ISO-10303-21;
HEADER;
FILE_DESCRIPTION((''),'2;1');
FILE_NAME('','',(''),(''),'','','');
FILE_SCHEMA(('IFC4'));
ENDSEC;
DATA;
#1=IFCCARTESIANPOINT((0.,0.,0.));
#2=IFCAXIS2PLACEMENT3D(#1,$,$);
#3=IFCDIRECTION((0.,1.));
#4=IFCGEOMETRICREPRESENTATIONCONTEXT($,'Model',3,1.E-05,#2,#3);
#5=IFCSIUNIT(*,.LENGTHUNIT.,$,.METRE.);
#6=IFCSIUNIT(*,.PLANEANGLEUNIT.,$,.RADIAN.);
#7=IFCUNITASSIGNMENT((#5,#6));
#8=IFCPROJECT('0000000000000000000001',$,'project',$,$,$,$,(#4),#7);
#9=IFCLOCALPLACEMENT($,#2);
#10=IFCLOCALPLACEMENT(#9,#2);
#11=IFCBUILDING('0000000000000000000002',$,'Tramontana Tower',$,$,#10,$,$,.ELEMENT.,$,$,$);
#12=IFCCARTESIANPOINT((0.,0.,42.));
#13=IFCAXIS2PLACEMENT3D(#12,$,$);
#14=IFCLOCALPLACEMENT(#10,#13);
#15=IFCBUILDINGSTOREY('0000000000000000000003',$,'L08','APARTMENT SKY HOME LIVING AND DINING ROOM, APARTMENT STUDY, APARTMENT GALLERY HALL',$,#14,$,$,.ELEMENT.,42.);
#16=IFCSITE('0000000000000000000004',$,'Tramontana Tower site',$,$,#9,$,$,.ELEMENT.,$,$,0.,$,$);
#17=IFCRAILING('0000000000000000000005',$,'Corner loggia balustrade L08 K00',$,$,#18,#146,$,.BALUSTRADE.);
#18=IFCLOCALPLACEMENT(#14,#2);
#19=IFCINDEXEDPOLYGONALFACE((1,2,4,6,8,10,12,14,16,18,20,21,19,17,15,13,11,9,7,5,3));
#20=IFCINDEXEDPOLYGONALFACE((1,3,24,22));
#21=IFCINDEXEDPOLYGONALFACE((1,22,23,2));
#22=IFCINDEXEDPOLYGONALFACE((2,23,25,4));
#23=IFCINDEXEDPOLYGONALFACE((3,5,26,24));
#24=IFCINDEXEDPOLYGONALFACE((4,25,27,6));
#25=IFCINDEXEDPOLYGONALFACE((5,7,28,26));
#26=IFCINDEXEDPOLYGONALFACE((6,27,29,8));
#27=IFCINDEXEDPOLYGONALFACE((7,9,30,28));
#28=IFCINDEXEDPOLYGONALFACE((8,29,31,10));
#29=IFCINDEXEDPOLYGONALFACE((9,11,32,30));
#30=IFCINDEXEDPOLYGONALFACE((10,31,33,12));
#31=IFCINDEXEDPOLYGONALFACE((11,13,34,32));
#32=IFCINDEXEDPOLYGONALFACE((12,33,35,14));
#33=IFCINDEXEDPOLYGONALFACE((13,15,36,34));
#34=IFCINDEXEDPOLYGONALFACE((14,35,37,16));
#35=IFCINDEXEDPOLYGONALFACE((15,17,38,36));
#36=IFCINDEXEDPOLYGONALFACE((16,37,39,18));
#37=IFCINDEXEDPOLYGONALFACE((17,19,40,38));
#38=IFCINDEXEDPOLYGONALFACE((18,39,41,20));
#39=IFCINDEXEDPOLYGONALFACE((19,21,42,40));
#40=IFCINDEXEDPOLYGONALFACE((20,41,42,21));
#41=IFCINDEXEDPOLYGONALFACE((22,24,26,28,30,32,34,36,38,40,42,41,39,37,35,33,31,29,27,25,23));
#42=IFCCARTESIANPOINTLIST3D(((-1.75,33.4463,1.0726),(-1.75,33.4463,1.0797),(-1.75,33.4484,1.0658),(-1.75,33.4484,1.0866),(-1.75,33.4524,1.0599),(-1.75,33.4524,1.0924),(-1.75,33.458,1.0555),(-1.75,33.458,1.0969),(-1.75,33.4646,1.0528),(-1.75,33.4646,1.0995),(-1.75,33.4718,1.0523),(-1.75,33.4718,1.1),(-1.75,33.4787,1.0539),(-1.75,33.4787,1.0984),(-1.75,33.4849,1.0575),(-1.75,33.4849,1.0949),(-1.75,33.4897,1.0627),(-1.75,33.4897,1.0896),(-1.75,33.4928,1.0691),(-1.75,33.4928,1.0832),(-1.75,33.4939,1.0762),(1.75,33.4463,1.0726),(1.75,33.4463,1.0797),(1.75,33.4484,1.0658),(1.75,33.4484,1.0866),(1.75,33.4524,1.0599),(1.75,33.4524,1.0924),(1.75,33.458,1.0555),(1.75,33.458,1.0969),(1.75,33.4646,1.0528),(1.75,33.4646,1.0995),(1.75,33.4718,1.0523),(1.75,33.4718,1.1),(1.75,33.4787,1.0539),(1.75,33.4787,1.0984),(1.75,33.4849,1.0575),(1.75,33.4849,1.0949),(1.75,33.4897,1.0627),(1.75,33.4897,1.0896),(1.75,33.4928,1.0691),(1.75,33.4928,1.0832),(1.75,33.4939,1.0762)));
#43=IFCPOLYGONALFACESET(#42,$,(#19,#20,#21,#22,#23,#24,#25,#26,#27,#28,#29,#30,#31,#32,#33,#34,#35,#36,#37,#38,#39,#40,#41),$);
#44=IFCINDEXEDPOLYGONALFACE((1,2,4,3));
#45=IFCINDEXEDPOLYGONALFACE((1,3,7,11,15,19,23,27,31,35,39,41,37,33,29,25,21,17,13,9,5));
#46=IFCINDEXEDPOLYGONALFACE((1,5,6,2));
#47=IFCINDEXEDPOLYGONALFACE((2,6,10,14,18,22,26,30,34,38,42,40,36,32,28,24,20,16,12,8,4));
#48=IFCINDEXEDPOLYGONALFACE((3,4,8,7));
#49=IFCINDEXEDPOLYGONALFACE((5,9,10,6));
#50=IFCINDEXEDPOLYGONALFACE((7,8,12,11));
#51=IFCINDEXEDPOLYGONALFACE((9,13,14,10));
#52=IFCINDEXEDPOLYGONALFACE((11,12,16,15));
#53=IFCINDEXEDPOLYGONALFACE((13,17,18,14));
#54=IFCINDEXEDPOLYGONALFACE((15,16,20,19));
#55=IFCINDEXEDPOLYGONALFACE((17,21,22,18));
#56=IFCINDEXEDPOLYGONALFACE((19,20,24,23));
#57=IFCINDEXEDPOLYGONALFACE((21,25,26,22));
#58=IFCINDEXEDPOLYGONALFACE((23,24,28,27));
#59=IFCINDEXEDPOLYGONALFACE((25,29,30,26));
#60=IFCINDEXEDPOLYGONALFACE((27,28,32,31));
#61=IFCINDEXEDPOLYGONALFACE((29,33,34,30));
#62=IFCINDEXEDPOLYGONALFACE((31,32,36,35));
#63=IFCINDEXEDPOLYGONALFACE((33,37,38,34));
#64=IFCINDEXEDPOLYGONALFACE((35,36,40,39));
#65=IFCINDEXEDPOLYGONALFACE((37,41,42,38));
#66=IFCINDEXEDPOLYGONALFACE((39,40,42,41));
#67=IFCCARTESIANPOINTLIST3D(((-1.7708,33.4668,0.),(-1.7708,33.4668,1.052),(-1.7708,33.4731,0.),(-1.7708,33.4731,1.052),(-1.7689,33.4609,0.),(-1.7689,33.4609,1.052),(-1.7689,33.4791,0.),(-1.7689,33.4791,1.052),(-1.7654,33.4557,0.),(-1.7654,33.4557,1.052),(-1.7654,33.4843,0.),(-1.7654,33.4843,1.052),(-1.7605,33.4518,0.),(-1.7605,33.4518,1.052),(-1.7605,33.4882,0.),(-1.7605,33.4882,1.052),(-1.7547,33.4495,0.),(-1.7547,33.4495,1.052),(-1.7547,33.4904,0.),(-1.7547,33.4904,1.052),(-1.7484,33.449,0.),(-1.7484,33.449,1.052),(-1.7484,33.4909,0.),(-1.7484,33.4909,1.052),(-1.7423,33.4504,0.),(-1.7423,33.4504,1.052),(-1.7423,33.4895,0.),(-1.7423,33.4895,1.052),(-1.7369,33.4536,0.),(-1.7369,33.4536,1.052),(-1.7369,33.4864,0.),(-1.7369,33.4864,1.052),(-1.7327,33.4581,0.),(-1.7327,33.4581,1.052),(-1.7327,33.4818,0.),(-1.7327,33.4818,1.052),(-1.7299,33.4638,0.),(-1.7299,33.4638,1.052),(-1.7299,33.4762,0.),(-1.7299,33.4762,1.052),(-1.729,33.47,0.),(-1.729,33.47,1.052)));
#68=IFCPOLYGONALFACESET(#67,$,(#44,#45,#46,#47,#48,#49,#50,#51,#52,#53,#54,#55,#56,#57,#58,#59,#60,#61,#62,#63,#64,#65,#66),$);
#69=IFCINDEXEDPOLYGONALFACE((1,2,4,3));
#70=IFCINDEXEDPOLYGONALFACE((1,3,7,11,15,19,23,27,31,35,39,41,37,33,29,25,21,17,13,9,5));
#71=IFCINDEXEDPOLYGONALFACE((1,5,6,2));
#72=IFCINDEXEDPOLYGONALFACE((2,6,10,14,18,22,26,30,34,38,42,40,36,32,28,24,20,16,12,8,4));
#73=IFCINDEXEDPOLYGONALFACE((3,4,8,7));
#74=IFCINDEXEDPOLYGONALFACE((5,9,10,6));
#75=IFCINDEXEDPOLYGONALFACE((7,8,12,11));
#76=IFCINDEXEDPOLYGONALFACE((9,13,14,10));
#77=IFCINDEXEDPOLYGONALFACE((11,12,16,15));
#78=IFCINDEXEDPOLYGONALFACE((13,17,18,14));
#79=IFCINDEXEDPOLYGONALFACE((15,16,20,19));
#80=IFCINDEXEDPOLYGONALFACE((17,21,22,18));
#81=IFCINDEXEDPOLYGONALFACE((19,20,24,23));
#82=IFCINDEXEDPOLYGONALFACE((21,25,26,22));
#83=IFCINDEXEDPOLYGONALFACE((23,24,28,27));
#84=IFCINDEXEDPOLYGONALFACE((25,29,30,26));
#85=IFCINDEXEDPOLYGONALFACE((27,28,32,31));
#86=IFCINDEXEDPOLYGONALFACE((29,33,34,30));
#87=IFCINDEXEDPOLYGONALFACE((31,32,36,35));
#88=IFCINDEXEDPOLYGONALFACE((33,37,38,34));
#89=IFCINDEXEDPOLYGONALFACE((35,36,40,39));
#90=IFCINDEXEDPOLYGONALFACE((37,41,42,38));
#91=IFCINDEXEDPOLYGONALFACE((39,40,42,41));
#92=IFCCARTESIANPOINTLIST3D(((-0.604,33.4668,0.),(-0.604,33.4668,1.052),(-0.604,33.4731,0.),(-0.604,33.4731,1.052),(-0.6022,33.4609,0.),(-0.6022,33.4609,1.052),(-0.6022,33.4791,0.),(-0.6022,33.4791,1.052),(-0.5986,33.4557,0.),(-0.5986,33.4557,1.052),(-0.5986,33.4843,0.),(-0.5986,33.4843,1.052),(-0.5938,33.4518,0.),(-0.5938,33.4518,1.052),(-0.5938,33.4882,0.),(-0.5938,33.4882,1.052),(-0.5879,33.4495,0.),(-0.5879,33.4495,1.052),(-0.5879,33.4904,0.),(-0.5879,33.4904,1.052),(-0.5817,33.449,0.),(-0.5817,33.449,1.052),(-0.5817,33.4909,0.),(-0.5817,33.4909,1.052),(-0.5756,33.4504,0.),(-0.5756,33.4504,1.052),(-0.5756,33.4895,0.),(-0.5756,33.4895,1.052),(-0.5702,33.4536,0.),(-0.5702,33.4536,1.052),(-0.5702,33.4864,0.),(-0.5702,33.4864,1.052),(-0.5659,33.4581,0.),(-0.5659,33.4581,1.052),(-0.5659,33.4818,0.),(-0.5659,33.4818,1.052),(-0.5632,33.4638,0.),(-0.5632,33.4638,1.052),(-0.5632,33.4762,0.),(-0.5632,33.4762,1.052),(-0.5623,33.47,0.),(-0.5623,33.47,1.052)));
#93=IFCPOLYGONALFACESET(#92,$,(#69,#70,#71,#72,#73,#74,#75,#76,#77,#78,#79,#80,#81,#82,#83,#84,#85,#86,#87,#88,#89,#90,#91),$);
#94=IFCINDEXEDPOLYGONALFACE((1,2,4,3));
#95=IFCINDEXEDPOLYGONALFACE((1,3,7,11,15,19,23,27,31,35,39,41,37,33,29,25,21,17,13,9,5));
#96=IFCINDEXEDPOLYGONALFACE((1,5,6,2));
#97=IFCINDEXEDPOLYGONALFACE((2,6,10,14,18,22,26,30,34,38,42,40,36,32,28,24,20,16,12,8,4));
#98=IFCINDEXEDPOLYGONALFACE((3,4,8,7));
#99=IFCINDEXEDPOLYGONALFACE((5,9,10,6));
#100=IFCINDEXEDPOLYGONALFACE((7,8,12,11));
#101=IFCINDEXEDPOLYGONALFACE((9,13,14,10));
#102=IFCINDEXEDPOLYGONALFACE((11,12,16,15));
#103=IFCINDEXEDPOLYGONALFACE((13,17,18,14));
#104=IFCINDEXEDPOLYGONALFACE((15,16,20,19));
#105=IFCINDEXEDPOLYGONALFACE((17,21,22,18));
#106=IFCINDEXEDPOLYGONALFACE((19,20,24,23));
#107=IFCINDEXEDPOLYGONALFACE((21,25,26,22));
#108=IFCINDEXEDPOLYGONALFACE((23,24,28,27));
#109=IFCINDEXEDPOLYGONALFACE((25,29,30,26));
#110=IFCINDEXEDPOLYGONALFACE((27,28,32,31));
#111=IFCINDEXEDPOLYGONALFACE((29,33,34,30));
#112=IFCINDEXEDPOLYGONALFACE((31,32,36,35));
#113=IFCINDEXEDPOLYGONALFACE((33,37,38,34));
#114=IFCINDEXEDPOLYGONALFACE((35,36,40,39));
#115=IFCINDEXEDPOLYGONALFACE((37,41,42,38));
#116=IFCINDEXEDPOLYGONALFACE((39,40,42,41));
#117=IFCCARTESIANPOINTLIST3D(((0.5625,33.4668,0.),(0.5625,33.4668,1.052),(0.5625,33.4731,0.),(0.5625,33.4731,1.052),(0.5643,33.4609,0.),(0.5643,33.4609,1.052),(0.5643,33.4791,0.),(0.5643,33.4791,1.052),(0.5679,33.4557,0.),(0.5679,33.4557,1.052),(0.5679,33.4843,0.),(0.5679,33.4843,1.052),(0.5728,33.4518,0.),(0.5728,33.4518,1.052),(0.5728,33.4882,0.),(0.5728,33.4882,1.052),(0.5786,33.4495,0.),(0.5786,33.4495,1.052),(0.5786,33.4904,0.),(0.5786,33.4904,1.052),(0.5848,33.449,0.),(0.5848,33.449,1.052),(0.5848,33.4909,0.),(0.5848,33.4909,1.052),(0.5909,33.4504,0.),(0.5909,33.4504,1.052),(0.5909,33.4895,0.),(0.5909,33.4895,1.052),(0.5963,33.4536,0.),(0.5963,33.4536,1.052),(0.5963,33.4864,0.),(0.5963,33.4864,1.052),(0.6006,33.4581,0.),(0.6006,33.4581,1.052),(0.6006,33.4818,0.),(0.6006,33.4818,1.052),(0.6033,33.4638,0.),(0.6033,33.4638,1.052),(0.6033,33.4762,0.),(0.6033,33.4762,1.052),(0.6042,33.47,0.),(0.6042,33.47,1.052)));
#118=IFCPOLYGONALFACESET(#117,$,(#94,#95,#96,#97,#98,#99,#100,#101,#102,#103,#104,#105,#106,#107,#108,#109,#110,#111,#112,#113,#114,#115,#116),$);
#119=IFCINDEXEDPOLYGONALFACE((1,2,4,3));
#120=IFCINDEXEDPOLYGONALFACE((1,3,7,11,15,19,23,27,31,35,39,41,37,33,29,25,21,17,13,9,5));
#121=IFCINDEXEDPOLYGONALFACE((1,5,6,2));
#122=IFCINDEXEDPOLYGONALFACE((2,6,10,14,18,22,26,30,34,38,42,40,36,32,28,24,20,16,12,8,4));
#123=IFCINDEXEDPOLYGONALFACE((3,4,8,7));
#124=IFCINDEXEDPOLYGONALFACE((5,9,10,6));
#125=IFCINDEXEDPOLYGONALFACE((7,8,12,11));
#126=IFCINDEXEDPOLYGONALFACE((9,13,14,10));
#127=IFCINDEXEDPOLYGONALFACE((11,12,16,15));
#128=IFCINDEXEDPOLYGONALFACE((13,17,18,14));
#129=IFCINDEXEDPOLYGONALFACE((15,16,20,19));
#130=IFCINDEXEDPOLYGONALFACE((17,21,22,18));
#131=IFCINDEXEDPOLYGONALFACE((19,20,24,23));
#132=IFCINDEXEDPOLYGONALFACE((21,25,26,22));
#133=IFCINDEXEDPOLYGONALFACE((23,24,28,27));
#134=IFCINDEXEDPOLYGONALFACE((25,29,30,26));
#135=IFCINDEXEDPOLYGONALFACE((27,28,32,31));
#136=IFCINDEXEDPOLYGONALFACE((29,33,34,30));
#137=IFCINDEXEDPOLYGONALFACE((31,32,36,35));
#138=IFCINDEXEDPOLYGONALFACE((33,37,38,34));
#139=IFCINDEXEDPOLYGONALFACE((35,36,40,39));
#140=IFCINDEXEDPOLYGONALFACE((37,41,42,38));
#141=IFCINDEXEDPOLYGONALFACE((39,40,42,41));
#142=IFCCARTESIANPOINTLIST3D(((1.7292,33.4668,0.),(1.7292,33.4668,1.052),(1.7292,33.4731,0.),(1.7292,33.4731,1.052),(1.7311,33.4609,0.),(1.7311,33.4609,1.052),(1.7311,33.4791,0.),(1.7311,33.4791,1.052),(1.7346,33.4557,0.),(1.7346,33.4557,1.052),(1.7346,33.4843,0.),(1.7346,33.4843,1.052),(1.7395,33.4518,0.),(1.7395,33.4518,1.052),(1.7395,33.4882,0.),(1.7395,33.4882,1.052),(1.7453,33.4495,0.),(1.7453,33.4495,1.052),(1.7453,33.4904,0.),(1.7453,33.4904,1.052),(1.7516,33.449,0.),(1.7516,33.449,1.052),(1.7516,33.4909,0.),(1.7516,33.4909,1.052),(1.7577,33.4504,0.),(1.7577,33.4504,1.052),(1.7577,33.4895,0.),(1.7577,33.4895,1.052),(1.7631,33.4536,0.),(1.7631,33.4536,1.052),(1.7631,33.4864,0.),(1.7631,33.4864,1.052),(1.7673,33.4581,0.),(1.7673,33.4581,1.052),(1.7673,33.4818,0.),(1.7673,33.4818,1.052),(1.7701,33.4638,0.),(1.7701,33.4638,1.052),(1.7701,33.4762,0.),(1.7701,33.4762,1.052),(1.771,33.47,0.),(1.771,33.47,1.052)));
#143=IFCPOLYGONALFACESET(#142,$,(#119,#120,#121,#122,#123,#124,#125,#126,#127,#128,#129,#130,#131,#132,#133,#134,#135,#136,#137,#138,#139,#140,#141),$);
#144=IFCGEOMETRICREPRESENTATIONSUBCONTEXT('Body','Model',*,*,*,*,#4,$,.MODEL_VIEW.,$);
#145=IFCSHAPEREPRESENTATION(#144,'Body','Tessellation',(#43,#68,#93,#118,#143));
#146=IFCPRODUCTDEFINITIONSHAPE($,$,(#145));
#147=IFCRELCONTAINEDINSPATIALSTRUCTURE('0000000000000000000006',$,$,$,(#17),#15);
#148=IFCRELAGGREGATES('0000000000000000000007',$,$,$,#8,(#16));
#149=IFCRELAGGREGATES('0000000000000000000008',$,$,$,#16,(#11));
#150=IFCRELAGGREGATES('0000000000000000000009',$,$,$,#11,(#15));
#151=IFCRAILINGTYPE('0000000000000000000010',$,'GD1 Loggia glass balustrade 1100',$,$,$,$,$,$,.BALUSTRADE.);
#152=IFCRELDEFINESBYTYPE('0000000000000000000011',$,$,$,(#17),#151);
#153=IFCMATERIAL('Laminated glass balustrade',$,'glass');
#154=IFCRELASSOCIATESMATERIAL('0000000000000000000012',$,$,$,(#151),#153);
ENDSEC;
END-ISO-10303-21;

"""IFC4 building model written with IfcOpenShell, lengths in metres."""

from ifc_helpers import new_model, si_unit, direction, frame, origin, origin_2d, place, context, subcontext, project, spatial, circle, extrude, material, type_object, element, save


model = new_model("IFC4")

# Units and contexts
model_context = context("Model", 3, precision=1e-05, world=origin(), true_north=direction((0.0, 1.0)))
body_context = subcontext(model_context, "Body", "Model", "MODEL_VIEW")
ifc_project = project(units=[si_unit("LENGTHUNIT", "METRE"), si_unit("PLANEANGLEUNIT", "RADIAN")], contexts=[model_context])

# Site, building, storey
site_placement = place(None, origin())
site = spatial("IfcSite", under=ifc_project, at=site_placement, Name="Tramontana Tower site", CompositionType="ELEMENT", RefElevation=0.0)
building_placement = place(site_placement, origin())
building = spatial("IfcBuilding", under=site, at=building_placement, Name="Tramontana Tower", CompositionType="ELEMENT")
storey_placement = place(building_placement, frame((0.0, 0.0, 42.0)))
storey = spatial("IfcBuildingStorey", under=building, at=storey_placement, Name="L08", Description="APARTMENT SKY HOME LIVING AND DINING ROOM, APARTMENT STUDY, APARTMENT GALLERY HALL", CompositionType="ELEMENT", Elevation=42.0)

# Railing
ifc_material_1 = material(Name="Laminated glass balustrade", Category="glass")
railing_type = type_object("IfcRailingType", Name="GD1 Loggia glass balustrade 1100", PredefinedType="BALUSTRADE", material=ifc_material_1)
railing_1_placement = place(storey_placement, frame((-1.75, 33.47, 0.0)))
element("IfcRailing", 1, at=railing_1_placement, inside=storey, type_object=railing_type, Name="Corner loggia balustrade L08 K00", PredefinedType="BALUSTRADE", context=body_context, shape_type="SweptSolid", body=[
    extrude(circle(Radius=0.0239, at=origin_2d()), frame((0.0, 0.0, 1.0762), z_axis=(1.0, 0.0, 0.0), x_axis=(0.0, 1.0, 0.0)), (0.0, 0.0, 1.0), 3.5),
    extrude(circle(Radius=0.021, at=origin_2d()), origin(), (0.0, 0.0, 1.0), 1.052),
    extrude(circle(Radius=0.021, at=origin_2d()), frame((1.1667, 0.0, 0.0)), (0.0, 0.0, 1.0), 1.052),
    extrude(circle(Radius=0.021, at=origin_2d()), frame((2.3333, 0.0, 0.0)), (0.0, 0.0, 1.0), 1.052),
    extrude(circle(Radius=0.021, at=origin_2d()), frame((3.5, 0.0, 0.0)), (0.0, 0.0, 1.0), 1.052),
])

save(model, "model.ifc")
